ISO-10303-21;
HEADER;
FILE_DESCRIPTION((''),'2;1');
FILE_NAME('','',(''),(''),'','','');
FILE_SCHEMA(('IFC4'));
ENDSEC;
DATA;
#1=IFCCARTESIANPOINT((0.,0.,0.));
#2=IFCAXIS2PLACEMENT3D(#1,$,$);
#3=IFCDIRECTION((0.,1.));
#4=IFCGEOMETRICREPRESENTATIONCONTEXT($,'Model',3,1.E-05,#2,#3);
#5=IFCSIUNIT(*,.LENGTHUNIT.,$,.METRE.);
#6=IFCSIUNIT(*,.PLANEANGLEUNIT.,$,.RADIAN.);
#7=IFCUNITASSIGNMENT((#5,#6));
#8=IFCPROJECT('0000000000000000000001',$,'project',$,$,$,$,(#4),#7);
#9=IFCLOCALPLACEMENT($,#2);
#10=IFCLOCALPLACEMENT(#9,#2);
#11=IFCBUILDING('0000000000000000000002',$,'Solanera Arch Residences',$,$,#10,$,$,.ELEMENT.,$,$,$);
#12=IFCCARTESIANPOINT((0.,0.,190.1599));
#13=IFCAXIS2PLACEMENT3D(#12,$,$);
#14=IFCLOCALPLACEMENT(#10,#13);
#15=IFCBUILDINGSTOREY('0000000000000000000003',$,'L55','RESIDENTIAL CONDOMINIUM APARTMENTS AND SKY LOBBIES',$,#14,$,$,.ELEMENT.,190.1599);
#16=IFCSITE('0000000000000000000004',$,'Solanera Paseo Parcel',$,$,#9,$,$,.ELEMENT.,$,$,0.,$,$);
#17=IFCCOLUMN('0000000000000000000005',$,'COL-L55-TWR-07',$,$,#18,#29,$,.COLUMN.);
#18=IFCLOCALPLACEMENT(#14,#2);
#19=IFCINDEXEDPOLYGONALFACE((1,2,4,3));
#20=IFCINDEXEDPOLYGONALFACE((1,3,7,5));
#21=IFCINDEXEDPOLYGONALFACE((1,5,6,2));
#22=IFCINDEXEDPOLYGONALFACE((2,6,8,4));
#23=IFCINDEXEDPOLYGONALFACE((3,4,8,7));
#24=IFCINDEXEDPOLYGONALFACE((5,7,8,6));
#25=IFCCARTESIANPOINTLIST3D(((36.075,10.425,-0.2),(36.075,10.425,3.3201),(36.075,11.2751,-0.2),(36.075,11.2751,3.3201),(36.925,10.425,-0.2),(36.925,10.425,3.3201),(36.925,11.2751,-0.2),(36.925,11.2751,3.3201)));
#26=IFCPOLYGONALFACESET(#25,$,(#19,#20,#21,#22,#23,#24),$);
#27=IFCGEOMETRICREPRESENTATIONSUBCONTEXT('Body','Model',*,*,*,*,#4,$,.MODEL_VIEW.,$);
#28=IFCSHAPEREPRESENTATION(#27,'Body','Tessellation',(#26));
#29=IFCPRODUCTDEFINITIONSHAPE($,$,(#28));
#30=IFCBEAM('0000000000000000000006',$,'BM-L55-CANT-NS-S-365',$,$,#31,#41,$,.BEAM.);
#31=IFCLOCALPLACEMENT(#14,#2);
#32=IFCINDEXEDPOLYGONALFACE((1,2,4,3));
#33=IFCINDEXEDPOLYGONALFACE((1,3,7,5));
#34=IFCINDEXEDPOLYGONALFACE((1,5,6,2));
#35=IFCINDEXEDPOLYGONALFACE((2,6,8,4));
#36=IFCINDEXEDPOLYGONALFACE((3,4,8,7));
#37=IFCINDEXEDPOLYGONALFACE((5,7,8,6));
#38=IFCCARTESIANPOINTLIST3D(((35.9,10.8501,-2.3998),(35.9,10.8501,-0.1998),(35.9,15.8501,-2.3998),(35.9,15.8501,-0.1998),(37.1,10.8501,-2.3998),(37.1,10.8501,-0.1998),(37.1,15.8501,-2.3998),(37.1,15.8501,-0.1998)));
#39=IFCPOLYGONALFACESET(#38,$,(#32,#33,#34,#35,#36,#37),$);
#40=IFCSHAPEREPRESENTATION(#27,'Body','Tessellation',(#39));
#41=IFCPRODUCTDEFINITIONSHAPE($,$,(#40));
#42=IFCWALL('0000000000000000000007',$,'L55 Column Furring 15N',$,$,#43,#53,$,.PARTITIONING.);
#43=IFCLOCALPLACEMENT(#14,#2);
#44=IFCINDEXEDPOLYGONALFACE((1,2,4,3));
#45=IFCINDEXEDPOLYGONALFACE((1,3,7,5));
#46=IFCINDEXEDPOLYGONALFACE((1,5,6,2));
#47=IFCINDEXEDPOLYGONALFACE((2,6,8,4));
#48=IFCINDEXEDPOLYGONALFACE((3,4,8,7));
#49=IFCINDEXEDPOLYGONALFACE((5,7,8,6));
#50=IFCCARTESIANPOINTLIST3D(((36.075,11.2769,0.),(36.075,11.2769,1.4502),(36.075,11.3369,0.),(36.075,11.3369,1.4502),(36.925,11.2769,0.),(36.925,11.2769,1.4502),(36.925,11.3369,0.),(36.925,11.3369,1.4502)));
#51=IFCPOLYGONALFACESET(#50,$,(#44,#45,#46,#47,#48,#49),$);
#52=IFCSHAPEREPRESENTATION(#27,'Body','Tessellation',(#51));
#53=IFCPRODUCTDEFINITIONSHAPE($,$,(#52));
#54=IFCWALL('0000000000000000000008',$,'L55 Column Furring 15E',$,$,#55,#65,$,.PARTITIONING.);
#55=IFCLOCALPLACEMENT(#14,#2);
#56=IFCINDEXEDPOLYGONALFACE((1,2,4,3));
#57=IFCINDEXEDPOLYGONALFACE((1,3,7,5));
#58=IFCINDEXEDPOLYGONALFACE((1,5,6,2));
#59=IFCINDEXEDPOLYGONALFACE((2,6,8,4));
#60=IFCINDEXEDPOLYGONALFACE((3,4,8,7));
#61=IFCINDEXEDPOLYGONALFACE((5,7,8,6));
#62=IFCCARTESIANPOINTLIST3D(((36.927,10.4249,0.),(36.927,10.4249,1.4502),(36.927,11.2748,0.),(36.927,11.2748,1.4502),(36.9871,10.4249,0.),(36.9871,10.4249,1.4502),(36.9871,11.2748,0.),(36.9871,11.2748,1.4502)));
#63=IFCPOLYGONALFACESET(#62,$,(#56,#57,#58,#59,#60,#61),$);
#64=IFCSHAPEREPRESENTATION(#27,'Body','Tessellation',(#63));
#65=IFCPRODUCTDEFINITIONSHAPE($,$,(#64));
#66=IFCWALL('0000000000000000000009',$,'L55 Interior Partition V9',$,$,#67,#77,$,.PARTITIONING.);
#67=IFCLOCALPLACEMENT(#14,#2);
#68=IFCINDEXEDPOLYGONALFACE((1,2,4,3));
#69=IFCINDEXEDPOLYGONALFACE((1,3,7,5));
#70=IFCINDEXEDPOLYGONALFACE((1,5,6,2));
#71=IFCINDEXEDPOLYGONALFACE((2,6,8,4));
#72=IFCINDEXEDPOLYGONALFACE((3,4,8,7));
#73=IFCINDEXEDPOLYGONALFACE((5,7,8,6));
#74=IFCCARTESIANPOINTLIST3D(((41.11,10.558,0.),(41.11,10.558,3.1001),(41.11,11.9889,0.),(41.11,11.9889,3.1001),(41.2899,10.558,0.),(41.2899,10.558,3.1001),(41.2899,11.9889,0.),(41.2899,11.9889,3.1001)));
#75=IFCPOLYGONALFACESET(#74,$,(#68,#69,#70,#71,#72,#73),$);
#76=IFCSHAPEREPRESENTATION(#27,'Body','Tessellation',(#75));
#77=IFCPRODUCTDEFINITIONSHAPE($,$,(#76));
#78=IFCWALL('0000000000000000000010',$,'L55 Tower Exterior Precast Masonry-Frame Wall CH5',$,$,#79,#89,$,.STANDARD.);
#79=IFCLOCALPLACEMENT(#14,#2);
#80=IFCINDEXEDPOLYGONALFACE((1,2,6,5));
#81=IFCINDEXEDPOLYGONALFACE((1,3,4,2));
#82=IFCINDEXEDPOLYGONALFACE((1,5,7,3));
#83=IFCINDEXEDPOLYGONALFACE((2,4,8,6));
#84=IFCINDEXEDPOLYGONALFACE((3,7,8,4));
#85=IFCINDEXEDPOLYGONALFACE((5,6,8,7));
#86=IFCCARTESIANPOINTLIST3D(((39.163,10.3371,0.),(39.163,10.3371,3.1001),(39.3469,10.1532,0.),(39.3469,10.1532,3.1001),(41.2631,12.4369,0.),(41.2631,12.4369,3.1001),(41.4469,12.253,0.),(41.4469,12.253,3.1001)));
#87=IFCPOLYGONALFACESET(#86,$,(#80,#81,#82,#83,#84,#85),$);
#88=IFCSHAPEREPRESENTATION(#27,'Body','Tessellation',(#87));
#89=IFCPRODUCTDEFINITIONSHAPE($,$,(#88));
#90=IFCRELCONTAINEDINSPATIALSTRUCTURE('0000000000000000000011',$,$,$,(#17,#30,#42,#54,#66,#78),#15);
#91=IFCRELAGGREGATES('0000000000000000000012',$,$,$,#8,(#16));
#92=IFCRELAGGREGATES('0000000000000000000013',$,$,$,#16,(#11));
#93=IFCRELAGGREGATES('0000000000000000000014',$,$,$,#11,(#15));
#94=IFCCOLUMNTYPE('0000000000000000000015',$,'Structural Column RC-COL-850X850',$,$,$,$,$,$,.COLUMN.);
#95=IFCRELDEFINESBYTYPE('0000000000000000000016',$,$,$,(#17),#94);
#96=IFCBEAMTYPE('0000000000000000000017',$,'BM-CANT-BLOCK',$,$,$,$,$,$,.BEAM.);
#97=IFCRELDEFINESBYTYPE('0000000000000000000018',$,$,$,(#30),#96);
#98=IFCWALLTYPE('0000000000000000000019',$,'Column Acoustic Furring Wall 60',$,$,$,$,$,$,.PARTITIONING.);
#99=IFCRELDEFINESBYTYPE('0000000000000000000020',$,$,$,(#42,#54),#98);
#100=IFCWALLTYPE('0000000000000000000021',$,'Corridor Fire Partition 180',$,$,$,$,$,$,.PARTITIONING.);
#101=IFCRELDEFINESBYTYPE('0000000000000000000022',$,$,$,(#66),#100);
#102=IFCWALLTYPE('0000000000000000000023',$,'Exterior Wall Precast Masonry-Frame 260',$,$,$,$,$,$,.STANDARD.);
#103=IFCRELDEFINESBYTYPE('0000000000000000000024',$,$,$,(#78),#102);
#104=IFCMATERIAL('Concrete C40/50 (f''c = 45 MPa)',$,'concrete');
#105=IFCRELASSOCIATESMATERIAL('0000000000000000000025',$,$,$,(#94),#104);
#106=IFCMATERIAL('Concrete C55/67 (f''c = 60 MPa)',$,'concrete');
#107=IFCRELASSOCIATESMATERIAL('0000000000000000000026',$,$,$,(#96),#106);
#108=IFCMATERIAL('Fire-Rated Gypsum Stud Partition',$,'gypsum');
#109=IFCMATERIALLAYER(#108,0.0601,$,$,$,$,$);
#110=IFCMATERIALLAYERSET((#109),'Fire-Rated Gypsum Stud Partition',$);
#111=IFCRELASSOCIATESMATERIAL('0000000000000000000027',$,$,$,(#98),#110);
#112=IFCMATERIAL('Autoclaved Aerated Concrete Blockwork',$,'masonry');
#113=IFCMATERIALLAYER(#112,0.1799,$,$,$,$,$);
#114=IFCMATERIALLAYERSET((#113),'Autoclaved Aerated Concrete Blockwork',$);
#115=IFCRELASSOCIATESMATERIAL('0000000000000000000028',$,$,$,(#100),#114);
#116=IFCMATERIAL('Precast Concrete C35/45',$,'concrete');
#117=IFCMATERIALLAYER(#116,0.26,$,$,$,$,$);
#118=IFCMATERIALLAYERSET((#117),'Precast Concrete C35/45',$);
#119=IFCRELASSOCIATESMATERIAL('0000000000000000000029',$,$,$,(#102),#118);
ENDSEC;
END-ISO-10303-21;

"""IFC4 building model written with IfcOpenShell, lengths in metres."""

from ifc_helpers import new_model, si_unit, direction, frame, frame_2d, origin, origin_2d, place, context, subcontext, project, spatial, rectangle, extrude, material, layer, layer_set, material_profile, profile_set, type_object, element, save


model = new_model("IFC4")

# Units and contexts
model_context = context("Model", 3, precision=1e-05, world=origin(), true_north=direction((0.0, 1.0)))
body_context = subcontext(model_context, "Body", "Model", "MODEL_VIEW")
ifc_project = project(units=[si_unit("LENGTHUNIT", "METRE"), si_unit("PLANEANGLEUNIT", "RADIAN")], contexts=[model_context])

# Site, building, storey
site_placement = place(None, origin())
site = spatial("IfcSite", under=ifc_project, at=site_placement, Name="Solanera Paseo Parcel", CompositionType="ELEMENT", RefElevation=0.0)
building_placement = place(site_placement, origin())
building = spatial("IfcBuilding", under=site, at=building_placement, Name="Solanera Arch Residences", CompositionType="ELEMENT")
storey_placement = place(building_placement, frame((0.0, 0.0, 190.1599)))
storey = spatial("IfcBuildingStorey", under=building, at=storey_placement, Name="L55", Description="RESIDENTIAL CONDOMINIUM APARTMENTS AND SKY LOBBIES", CompositionType="ELEMENT", Elevation=190.1599)

# Column
ifc_material_1 = material(Name="Concrete C40/50 (f'c = 45 MPa)", Category="concrete")
ifc_material_profile_1 = material_profile(ifc_material_1, rectangle(XDim=0.8501, YDim=0.8501, at=origin_2d()))
ifc_profile_set_1 = profile_set([ifc_material_profile_1], Name="Concrete C40/50 (f'c = 45 MPa)")
column_type = type_object("IfcColumnType", Name="Structural Column RC-COL-850X850", PredefinedType="COLUMN", material=ifc_profile_set_1)
column_placement = place(storey_placement, frame((36.5, 10.8501, -0.2), z_axis=(0.0, 0.0, 1.0), x_axis=(1.0, 0.0, 0.0)))
element("IfcColumn", 1, at=column_placement, inside=storey, type_object=column_type, Name="COL-L55-TWR-07", PredefinedType="COLUMN", context=body_context, shape_type="SweptSolid", body=[
    extrude(rectangle(XDim=0.8501, YDim=0.8501, at=origin_2d()), origin(), (0.0, 0.0, 1.0), 3.52),
])

# Beam
ifc_material_2 = material(Name="Concrete C55/67 (f'c = 60 MPa)", Category="concrete")
ifc_material_profile_2 = material_profile(ifc_material_2, rectangle(XDim=1.2, YDim=2.2, at=origin_2d()))
ifc_profile_set_2 = profile_set([ifc_material_profile_2], Name="Concrete C55/67 (f'c = 60 MPa)")
beam_type = type_object("IfcBeamType", Name="BM-CANT-BLOCK", PredefinedType="BEAM", material=ifc_profile_set_2)
beam_placement = place(storey_placement, frame((36.5, 10.8501, -1.2998), z_axis=(0.0, 1.0, 0.0), x_axis=(-1.0, 0.0, 0.0)))
element("IfcBeam", 2, at=beam_placement, inside=storey, type_object=beam_type, Name="BM-L55-CANT-NS-S-365", PredefinedType="BEAM", context=body_context, shape_type="SweptSolid", body=[
    extrude(rectangle(XDim=1.2, YDim=2.2, at=origin_2d()), origin(), (0.0, 0.0, 1.0), 5.0),
])

# Walls
ifc_material_3 = material(Name="Fire-Rated Gypsum Stud Partition", Category="gypsum")
ifc_layer_1 = layer(ifc_material_3, 0.0601)
ifc_layer_set_1 = layer_set([ifc_layer_1], Name="Fire-Rated Gypsum Stud Partition")
wall_type_1 = type_object("IfcWallType", Name="Column Acoustic Furring Wall 60", PredefinedType="PARTITIONING", material=ifc_layer_set_1)
wall_1_placement = place(storey_placement, frame((36.075, 11.3069, 0.0), z_axis=(0.0, 0.0, 1.0), x_axis=(1.0, 0.0, 0.0)))
element("IfcWall", 3, at=wall_1_placement, inside=storey, type_object=wall_type_1, Name="L55 Column Furring 15N", PredefinedType="PARTITIONING", context=body_context, shape_type="SweptSolid", body=[
    extrude(rectangle(XDim=0.8501, YDim=0.0601, at=frame_2d((0.425, 0.0))), origin(), (0.0, 0.0, 1.0), 1.4502),
])
wall_2_placement = place(storey_placement, frame((36.957, 10.425, 0.0), z_axis=(0.0, 0.0, 1.0), x_axis=(0.0, 1.0, 0.0)))
element("IfcWall", 4, at=wall_2_placement, inside=storey, type_object=wall_type_1, Name="L55 Column Furring 15E", PredefinedType="PARTITIONING", context=body_context, shape_type="SweptSolid", body=[
    extrude(rectangle(XDim=0.8499, YDim=0.0601, at=frame_2d((0.4248, 0.0))), origin(), (0.0, 0.0, 1.0), 1.4502),
])
ifc_material_4 = material(Name="Autoclaved Aerated Concrete Blockwork", Category="masonry")
ifc_layer_2 = layer(ifc_material_4, 0.1799)
ifc_layer_set_2 = layer_set([ifc_layer_2], Name="Autoclaved Aerated Concrete Blockwork")
wall_type_2 = type_object("IfcWallType", Name="Corridor Fire Partition 180", PredefinedType="PARTITIONING", material=ifc_layer_set_2)
wall_3_placement = place(storey_placement, frame((41.2, 10.5581, 0.0), z_axis=(0.0, 0.0, 1.0), x_axis=(0.0, 1.0, 0.0)))
element("IfcWall", 5, at=wall_3_placement, inside=storey, type_object=wall_type_2, Name="L55 Interior Partition V9", PredefinedType="PARTITIONING", context=body_context, shape_type="SweptSolid", body=[
    extrude(rectangle(XDim=1.4309, YDim=0.1799, at=frame_2d((0.7153, 0.0))), origin(), (0.0, 0.0, 1.0), 3.1001),
])
ifc_material_5 = material(Name="Precast Concrete C35/45", Category="concrete")
ifc_layer_3 = layer(ifc_material_5, 0.26)
ifc_layer_set_3 = layer_set([ifc_layer_3], Name="Precast Concrete C35/45")
wall_type_3 = type_object("IfcWallType", Name="Exterior Wall Precast Masonry-Frame 260", PredefinedType="STANDARD", material=ifc_layer_set_3)
wall_4_placement = place(storey_placement, frame((41.355, 12.345, 0.0), z_axis=(0.0, 0.0, 1.0), x_axis=(-0.707148, -0.707066, 0.0)))
element("IfcWall", 6, at=wall_4_placement, inside=storey, type_object=wall_type_3, Name="L55 Tower Exterior Precast Masonry-Frame Wall CH5", PredefinedType="STANDARD", context=body_context, shape_type="SweptSolid", body=[
    extrude(rectangle(XDim=2.9697, YDim=0.26, at=frame_2d((1.4849, 0.0))), origin(), (0.0, 0.0, 1.0), 3.1001),
])

save(model, "model.ifc")
